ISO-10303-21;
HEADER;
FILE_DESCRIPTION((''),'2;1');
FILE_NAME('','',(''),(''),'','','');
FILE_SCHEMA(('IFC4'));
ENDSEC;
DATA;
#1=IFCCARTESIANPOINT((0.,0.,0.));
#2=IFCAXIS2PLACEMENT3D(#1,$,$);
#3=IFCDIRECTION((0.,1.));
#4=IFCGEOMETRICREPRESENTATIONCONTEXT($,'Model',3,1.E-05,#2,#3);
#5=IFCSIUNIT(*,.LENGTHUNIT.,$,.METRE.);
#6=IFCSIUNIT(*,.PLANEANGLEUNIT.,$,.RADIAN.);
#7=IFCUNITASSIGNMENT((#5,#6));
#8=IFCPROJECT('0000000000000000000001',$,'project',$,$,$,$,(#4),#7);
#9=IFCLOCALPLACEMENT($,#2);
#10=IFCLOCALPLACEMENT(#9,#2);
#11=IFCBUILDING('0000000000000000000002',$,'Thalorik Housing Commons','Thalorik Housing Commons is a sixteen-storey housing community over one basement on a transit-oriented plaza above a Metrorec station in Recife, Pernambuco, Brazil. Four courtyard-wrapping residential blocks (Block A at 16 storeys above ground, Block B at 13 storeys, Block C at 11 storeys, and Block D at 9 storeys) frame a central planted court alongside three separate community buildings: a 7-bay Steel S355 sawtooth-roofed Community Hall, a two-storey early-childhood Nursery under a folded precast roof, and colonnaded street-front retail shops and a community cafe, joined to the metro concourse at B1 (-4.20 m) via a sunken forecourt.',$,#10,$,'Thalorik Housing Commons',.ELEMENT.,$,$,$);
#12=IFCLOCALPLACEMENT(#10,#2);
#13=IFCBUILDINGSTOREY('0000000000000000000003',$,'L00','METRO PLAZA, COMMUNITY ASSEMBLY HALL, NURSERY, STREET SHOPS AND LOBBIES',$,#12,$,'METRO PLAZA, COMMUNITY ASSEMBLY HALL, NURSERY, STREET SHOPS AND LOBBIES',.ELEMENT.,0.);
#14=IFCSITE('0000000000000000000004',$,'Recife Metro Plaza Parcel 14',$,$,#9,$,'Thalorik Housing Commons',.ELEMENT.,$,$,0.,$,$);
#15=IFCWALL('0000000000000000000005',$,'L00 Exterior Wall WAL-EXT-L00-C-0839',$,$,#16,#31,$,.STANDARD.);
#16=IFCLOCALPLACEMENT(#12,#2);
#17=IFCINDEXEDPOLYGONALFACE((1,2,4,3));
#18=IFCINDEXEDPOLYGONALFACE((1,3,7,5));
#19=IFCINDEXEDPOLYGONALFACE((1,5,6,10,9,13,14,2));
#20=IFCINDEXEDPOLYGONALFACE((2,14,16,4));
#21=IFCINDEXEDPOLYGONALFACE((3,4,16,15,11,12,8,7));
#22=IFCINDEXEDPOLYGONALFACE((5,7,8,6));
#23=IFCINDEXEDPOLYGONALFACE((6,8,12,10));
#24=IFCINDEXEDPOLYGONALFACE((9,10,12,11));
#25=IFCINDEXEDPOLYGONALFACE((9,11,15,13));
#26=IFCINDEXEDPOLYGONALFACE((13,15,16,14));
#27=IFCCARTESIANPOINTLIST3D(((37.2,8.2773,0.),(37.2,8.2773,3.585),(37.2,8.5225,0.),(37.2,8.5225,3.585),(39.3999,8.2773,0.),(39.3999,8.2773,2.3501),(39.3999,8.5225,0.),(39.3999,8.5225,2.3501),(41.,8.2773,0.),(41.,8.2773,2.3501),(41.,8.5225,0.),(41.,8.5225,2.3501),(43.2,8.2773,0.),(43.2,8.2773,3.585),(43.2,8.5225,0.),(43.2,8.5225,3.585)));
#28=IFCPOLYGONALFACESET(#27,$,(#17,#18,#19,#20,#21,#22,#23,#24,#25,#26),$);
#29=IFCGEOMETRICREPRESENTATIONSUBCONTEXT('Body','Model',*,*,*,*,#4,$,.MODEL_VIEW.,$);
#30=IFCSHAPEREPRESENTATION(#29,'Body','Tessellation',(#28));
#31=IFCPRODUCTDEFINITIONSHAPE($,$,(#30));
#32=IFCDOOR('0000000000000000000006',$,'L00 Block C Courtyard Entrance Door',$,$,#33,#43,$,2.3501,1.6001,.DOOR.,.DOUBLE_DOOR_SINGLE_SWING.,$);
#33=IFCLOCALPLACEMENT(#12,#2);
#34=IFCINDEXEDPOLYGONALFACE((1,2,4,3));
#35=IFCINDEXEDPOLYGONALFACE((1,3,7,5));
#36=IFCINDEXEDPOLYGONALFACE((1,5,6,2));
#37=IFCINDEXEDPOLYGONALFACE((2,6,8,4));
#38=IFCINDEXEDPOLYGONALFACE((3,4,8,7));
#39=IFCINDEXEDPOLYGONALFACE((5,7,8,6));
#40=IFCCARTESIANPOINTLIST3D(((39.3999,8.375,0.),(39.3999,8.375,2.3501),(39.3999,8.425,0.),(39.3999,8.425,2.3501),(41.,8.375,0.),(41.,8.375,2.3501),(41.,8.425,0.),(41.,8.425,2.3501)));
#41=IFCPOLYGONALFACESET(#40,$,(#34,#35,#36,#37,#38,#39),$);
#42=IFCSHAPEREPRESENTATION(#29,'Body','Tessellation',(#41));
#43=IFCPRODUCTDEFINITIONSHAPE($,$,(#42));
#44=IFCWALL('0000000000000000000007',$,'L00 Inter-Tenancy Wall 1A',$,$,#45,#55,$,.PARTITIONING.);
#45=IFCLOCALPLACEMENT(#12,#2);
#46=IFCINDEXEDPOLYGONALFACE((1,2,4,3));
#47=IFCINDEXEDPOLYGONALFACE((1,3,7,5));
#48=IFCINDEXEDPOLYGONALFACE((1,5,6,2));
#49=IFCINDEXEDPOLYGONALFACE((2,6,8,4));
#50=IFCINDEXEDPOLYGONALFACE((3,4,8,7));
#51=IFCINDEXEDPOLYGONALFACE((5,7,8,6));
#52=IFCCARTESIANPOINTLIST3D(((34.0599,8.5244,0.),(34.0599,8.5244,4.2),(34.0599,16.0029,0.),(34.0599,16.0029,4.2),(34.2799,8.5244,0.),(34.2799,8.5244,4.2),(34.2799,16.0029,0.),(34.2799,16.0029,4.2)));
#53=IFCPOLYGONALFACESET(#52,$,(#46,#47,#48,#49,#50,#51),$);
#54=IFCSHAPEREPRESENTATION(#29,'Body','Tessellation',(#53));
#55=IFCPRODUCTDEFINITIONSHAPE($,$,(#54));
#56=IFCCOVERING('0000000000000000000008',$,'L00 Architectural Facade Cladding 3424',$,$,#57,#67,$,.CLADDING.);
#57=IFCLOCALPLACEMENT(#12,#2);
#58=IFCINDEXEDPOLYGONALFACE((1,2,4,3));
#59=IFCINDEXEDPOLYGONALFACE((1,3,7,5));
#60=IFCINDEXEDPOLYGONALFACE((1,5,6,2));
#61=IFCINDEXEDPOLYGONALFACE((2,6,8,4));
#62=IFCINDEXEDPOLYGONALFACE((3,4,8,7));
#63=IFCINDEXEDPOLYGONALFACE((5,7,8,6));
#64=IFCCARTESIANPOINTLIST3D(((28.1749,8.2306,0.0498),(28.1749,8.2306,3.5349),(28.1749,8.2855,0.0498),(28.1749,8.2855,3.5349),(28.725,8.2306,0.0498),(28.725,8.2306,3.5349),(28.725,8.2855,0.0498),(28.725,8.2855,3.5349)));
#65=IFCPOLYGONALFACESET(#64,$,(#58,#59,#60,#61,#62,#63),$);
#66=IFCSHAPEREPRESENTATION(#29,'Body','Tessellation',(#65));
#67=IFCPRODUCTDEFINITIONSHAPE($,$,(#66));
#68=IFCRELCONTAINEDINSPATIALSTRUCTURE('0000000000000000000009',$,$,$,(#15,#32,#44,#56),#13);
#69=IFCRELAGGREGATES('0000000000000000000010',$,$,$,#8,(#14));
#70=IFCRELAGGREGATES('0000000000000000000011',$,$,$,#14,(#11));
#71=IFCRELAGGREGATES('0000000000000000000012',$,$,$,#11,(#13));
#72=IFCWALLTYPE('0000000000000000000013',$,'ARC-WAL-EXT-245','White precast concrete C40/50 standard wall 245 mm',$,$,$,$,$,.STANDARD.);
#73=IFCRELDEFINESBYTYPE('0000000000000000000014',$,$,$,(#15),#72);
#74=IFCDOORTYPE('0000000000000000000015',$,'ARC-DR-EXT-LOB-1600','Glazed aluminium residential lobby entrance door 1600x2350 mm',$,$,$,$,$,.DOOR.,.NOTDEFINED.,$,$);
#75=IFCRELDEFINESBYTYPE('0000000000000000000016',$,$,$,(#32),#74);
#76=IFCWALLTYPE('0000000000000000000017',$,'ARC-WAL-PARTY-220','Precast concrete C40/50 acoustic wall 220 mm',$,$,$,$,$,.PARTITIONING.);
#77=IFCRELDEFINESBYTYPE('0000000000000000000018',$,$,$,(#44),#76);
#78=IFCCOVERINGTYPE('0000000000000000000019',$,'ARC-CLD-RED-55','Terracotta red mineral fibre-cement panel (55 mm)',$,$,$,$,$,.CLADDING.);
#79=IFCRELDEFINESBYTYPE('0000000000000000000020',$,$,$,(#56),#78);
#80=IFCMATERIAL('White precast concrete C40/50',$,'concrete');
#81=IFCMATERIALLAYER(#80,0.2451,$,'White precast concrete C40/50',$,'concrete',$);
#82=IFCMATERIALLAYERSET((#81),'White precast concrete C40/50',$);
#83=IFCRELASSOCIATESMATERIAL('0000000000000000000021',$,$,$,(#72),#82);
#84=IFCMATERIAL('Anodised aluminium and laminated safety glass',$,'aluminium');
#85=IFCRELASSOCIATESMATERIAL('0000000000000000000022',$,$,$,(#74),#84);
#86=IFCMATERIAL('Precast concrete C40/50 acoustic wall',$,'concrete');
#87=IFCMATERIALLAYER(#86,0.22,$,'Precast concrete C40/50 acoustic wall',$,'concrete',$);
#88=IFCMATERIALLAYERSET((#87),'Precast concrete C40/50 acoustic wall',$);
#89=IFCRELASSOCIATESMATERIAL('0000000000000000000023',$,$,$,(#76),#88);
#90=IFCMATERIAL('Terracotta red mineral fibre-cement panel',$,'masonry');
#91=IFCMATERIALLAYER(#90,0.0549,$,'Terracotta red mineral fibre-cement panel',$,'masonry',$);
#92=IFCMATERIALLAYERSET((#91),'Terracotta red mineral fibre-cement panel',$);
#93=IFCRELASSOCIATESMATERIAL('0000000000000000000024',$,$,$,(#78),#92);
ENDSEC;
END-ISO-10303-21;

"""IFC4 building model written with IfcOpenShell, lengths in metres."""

from ifc_helpers import new_model, si_unit, direction, frame, frame_2d, origin, origin_2d, place, context, subcontext, project, spatial, rectangle, extrude, material, layer, layer_set, type_object, element, fill, save


model = new_model("IFC4")

# Units and contexts
model_context = context("Model", 3, precision=1e-05, world=origin(), true_north=direction((0.0, 1.0)))
body_context = subcontext(model_context, "Body", "Model", "MODEL_VIEW")
ifc_project = project(units=[si_unit("LENGTHUNIT", "METRE"), si_unit("PLANEANGLEUNIT", "RADIAN")], contexts=[model_context])

# Site, building, storey
site_placement = place(None, origin())
site = spatial("IfcSite", under=ifc_project, at=site_placement, Name="Recife Metro Plaza Parcel 14", LongName="Thalorik Housing Commons", CompositionType="ELEMENT", RefElevation=0.0)
building_placement = place(site_placement, origin())
building = spatial("IfcBuilding", under=site, at=building_placement, Name="Thalorik Housing Commons", Description="Thalorik Housing Commons is a sixteen-storey housing community over one basement on a transit-oriented plaza above a Metrorec station in Recife, Pernambuco, Brazil. Four courtyard-wrapping residential blocks (Block A at 16 storeys above ground, Block B at 13 storeys, Block C at 11 storeys, and Block D at 9 storeys) frame a central planted court alongside three separate community buildings: a 7-bay Steel S355 sawtooth-roofed Community Hall, a two-storey early-childhood Nursery under a folded precast roof, and colonnaded street-front retail shops and a community cafe, joined to the metro concourse at B1 (-4.20 m) via a sunken forecourt.", LongName="Thalorik Housing Commons", CompositionType="ELEMENT")
storey_placement = place(building_placement, origin())
storey = spatial("IfcBuildingStorey", under=building, at=storey_placement, Name="L00", Description="METRO PLAZA, COMMUNITY ASSEMBLY HALL, NURSERY, STREET SHOPS AND LOBBIES", LongName="METRO PLAZA, COMMUNITY ASSEMBLY HALL, NURSERY, STREET SHOPS AND LOBBIES", CompositionType="ELEMENT", Elevation=0.0)

# Shared definitions
ifc_material_1 = material(Name="White precast concrete C40/50", Category="concrete")
ifc_layer_1 = layer(ifc_material_1, 0.2451, Name="White precast concrete C40/50", Category="concrete")
ifc_layer_set_1 = layer_set([ifc_layer_1], Name="White precast concrete C40/50")
wall_type_1 = type_object("IfcWallType", Name="ARC-WAL-EXT-245", Description="White precast concrete C40/50 standard wall 245 mm", PredefinedType="STANDARD", material=ifc_layer_set_1)

# Wall, opening, door
wall_1_placement = place(storey_placement, frame((37.2, 8.3999, 0.0), z_axis=(0.0, 0.0, 1.0), x_axis=(1.0, 0.0, 0.0)))
wall_1 = element("IfcWall", 1, at=wall_1_placement, inside=storey, type_object=wall_type_1, Name="L00 Exterior Wall WAL-EXT-L00-C-0839", PredefinedType="STANDARD", context=body_context, shape_type="SweptSolid", body=[
    extrude(rectangle(XDim=6.0, YDim=0.2451, at=frame_2d((3.0, 0.0))), origin(), (0.0, 0.0, 1.0), 3.585),
])
opening_1_placement = place(wall_1_placement, frame((2.2, 0.0, 0.0)))
opening_1 = element("IfcOpeningElement", 2, at=opening_1_placement, cuts=wall_1, PredefinedType="OPENING", context=body_context, shape_type="SweptSolid", body=[
    extrude(rectangle(XDim=1.6001, YDim=2.3501, at=frame_2d((0.8, 1.175))), frame((0.0, 0.1326, 0.0), z_axis=(0.0, -1.0, 0.0), x_axis=(1.0, 0.0, 0.0)), (0.0, 0.0, 1.0), 0.2651),
])
ifc_material_2 = material(Name="Anodised aluminium and laminated safety glass", Category="aluminium")
door_type = type_object("IfcDoorType", Name="ARC-DR-EXT-LOB-1600", Description="Glazed aluminium residential lobby entrance door 1600x2350 mm", OperationType="NOTDEFINED", PredefinedType="DOOR", material=ifc_material_2)
door_placement = place(opening_1_placement, frame((1.6001, 0.0, 0.0), z_axis=(0.0, 0.0, 1.0), x_axis=(-1.0, 0.0, 0.0)))
door = element("IfcDoor", 3, at=door_placement, inside=storey, type_object=door_type, Name="L00 Block C Courtyard Entrance Door", OperationType="DOUBLE_DOOR_SINGLE_SWING", OverallHeight=2.3501, OverallWidth=1.6001, PredefinedType="DOOR", context=body_context, shape_type="SweptSolid", body=[
    extrude(rectangle(XDim=1.6001, YDim=2.3501, at=frame_2d((0.8, 1.175))), frame((0.0, 0.0249, 0.0), z_axis=(0.0, -1.0, 0.0), x_axis=(1.0, 0.0, 0.0)), (0.0, 0.0, 1.0), 0.05),
])
fill(opening_1, door)

# Wall
ifc_material_3 = material(Name="Precast concrete C40/50 acoustic wall", Category="concrete")
ifc_layer_2 = layer(ifc_material_3, 0.22, Name="Precast concrete C40/50 acoustic wall", Category="concrete")
ifc_layer_set_2 = layer_set([ifc_layer_2], Name="Precast concrete C40/50 acoustic wall")
wall_type_2 = type_object("IfcWallType", Name="ARC-WAL-PARTY-220", Description="Precast concrete C40/50 acoustic wall 220 mm", PredefinedType="PARTITIONING", material=ifc_layer_set_2)
wall_2_placement = place(storey_placement, frame((34.1699, 8.5244, 0.0), z_axis=(0.0, 0.0, 1.0), x_axis=(0.0, 1.0, 0.0)))
element("IfcWall", 4, at=wall_2_placement, inside=storey, type_object=wall_type_2, Name="L00 Inter-Tenancy Wall 1A", PredefinedType="PARTITIONING", context=body_context, shape_type="SweptSolid", body=[
    extrude(rectangle(XDim=7.4785, YDim=0.22, at=frame_2d((3.7393, 0.0))), origin(), (0.0, 0.0, 1.0), 4.2),
])

# Covering
ifc_material_4 = material(Name="Terracotta red mineral fibre-cement panel", Category="masonry")
ifc_layer_3 = layer(ifc_material_4, 0.0549, Name="Terracotta red mineral fibre-cement panel", Category="masonry")
ifc_layer_set_3 = layer_set([ifc_layer_3], Name="Terracotta red mineral fibre-cement panel")
covering_type = type_object("IfcCoveringType", Name="ARC-CLD-RED-55", Description="Terracotta red mineral fibre-cement panel (55 mm)", PredefinedType="CLADDING", material=ifc_layer_set_3)
covering_placement = place(storey_placement, frame((28.45, 8.2581, 0.0498), z_axis=(0.0, 0.0, 1.0), x_axis=(1.0, 0.0, 0.0)))
element("IfcCovering", 5, at=covering_placement, inside=storey, type_object=covering_type, Name="L00 Architectural Facade Cladding 3424", PredefinedType="CLADDING", context=body_context, shape_type="SweptSolid", body=[
    extrude(rectangle(XDim=0.55, YDim=0.0549, at=origin_2d()), origin(), (0.0, 0.0, 1.0), 3.4851),
])

save(model, "model.ifc")
